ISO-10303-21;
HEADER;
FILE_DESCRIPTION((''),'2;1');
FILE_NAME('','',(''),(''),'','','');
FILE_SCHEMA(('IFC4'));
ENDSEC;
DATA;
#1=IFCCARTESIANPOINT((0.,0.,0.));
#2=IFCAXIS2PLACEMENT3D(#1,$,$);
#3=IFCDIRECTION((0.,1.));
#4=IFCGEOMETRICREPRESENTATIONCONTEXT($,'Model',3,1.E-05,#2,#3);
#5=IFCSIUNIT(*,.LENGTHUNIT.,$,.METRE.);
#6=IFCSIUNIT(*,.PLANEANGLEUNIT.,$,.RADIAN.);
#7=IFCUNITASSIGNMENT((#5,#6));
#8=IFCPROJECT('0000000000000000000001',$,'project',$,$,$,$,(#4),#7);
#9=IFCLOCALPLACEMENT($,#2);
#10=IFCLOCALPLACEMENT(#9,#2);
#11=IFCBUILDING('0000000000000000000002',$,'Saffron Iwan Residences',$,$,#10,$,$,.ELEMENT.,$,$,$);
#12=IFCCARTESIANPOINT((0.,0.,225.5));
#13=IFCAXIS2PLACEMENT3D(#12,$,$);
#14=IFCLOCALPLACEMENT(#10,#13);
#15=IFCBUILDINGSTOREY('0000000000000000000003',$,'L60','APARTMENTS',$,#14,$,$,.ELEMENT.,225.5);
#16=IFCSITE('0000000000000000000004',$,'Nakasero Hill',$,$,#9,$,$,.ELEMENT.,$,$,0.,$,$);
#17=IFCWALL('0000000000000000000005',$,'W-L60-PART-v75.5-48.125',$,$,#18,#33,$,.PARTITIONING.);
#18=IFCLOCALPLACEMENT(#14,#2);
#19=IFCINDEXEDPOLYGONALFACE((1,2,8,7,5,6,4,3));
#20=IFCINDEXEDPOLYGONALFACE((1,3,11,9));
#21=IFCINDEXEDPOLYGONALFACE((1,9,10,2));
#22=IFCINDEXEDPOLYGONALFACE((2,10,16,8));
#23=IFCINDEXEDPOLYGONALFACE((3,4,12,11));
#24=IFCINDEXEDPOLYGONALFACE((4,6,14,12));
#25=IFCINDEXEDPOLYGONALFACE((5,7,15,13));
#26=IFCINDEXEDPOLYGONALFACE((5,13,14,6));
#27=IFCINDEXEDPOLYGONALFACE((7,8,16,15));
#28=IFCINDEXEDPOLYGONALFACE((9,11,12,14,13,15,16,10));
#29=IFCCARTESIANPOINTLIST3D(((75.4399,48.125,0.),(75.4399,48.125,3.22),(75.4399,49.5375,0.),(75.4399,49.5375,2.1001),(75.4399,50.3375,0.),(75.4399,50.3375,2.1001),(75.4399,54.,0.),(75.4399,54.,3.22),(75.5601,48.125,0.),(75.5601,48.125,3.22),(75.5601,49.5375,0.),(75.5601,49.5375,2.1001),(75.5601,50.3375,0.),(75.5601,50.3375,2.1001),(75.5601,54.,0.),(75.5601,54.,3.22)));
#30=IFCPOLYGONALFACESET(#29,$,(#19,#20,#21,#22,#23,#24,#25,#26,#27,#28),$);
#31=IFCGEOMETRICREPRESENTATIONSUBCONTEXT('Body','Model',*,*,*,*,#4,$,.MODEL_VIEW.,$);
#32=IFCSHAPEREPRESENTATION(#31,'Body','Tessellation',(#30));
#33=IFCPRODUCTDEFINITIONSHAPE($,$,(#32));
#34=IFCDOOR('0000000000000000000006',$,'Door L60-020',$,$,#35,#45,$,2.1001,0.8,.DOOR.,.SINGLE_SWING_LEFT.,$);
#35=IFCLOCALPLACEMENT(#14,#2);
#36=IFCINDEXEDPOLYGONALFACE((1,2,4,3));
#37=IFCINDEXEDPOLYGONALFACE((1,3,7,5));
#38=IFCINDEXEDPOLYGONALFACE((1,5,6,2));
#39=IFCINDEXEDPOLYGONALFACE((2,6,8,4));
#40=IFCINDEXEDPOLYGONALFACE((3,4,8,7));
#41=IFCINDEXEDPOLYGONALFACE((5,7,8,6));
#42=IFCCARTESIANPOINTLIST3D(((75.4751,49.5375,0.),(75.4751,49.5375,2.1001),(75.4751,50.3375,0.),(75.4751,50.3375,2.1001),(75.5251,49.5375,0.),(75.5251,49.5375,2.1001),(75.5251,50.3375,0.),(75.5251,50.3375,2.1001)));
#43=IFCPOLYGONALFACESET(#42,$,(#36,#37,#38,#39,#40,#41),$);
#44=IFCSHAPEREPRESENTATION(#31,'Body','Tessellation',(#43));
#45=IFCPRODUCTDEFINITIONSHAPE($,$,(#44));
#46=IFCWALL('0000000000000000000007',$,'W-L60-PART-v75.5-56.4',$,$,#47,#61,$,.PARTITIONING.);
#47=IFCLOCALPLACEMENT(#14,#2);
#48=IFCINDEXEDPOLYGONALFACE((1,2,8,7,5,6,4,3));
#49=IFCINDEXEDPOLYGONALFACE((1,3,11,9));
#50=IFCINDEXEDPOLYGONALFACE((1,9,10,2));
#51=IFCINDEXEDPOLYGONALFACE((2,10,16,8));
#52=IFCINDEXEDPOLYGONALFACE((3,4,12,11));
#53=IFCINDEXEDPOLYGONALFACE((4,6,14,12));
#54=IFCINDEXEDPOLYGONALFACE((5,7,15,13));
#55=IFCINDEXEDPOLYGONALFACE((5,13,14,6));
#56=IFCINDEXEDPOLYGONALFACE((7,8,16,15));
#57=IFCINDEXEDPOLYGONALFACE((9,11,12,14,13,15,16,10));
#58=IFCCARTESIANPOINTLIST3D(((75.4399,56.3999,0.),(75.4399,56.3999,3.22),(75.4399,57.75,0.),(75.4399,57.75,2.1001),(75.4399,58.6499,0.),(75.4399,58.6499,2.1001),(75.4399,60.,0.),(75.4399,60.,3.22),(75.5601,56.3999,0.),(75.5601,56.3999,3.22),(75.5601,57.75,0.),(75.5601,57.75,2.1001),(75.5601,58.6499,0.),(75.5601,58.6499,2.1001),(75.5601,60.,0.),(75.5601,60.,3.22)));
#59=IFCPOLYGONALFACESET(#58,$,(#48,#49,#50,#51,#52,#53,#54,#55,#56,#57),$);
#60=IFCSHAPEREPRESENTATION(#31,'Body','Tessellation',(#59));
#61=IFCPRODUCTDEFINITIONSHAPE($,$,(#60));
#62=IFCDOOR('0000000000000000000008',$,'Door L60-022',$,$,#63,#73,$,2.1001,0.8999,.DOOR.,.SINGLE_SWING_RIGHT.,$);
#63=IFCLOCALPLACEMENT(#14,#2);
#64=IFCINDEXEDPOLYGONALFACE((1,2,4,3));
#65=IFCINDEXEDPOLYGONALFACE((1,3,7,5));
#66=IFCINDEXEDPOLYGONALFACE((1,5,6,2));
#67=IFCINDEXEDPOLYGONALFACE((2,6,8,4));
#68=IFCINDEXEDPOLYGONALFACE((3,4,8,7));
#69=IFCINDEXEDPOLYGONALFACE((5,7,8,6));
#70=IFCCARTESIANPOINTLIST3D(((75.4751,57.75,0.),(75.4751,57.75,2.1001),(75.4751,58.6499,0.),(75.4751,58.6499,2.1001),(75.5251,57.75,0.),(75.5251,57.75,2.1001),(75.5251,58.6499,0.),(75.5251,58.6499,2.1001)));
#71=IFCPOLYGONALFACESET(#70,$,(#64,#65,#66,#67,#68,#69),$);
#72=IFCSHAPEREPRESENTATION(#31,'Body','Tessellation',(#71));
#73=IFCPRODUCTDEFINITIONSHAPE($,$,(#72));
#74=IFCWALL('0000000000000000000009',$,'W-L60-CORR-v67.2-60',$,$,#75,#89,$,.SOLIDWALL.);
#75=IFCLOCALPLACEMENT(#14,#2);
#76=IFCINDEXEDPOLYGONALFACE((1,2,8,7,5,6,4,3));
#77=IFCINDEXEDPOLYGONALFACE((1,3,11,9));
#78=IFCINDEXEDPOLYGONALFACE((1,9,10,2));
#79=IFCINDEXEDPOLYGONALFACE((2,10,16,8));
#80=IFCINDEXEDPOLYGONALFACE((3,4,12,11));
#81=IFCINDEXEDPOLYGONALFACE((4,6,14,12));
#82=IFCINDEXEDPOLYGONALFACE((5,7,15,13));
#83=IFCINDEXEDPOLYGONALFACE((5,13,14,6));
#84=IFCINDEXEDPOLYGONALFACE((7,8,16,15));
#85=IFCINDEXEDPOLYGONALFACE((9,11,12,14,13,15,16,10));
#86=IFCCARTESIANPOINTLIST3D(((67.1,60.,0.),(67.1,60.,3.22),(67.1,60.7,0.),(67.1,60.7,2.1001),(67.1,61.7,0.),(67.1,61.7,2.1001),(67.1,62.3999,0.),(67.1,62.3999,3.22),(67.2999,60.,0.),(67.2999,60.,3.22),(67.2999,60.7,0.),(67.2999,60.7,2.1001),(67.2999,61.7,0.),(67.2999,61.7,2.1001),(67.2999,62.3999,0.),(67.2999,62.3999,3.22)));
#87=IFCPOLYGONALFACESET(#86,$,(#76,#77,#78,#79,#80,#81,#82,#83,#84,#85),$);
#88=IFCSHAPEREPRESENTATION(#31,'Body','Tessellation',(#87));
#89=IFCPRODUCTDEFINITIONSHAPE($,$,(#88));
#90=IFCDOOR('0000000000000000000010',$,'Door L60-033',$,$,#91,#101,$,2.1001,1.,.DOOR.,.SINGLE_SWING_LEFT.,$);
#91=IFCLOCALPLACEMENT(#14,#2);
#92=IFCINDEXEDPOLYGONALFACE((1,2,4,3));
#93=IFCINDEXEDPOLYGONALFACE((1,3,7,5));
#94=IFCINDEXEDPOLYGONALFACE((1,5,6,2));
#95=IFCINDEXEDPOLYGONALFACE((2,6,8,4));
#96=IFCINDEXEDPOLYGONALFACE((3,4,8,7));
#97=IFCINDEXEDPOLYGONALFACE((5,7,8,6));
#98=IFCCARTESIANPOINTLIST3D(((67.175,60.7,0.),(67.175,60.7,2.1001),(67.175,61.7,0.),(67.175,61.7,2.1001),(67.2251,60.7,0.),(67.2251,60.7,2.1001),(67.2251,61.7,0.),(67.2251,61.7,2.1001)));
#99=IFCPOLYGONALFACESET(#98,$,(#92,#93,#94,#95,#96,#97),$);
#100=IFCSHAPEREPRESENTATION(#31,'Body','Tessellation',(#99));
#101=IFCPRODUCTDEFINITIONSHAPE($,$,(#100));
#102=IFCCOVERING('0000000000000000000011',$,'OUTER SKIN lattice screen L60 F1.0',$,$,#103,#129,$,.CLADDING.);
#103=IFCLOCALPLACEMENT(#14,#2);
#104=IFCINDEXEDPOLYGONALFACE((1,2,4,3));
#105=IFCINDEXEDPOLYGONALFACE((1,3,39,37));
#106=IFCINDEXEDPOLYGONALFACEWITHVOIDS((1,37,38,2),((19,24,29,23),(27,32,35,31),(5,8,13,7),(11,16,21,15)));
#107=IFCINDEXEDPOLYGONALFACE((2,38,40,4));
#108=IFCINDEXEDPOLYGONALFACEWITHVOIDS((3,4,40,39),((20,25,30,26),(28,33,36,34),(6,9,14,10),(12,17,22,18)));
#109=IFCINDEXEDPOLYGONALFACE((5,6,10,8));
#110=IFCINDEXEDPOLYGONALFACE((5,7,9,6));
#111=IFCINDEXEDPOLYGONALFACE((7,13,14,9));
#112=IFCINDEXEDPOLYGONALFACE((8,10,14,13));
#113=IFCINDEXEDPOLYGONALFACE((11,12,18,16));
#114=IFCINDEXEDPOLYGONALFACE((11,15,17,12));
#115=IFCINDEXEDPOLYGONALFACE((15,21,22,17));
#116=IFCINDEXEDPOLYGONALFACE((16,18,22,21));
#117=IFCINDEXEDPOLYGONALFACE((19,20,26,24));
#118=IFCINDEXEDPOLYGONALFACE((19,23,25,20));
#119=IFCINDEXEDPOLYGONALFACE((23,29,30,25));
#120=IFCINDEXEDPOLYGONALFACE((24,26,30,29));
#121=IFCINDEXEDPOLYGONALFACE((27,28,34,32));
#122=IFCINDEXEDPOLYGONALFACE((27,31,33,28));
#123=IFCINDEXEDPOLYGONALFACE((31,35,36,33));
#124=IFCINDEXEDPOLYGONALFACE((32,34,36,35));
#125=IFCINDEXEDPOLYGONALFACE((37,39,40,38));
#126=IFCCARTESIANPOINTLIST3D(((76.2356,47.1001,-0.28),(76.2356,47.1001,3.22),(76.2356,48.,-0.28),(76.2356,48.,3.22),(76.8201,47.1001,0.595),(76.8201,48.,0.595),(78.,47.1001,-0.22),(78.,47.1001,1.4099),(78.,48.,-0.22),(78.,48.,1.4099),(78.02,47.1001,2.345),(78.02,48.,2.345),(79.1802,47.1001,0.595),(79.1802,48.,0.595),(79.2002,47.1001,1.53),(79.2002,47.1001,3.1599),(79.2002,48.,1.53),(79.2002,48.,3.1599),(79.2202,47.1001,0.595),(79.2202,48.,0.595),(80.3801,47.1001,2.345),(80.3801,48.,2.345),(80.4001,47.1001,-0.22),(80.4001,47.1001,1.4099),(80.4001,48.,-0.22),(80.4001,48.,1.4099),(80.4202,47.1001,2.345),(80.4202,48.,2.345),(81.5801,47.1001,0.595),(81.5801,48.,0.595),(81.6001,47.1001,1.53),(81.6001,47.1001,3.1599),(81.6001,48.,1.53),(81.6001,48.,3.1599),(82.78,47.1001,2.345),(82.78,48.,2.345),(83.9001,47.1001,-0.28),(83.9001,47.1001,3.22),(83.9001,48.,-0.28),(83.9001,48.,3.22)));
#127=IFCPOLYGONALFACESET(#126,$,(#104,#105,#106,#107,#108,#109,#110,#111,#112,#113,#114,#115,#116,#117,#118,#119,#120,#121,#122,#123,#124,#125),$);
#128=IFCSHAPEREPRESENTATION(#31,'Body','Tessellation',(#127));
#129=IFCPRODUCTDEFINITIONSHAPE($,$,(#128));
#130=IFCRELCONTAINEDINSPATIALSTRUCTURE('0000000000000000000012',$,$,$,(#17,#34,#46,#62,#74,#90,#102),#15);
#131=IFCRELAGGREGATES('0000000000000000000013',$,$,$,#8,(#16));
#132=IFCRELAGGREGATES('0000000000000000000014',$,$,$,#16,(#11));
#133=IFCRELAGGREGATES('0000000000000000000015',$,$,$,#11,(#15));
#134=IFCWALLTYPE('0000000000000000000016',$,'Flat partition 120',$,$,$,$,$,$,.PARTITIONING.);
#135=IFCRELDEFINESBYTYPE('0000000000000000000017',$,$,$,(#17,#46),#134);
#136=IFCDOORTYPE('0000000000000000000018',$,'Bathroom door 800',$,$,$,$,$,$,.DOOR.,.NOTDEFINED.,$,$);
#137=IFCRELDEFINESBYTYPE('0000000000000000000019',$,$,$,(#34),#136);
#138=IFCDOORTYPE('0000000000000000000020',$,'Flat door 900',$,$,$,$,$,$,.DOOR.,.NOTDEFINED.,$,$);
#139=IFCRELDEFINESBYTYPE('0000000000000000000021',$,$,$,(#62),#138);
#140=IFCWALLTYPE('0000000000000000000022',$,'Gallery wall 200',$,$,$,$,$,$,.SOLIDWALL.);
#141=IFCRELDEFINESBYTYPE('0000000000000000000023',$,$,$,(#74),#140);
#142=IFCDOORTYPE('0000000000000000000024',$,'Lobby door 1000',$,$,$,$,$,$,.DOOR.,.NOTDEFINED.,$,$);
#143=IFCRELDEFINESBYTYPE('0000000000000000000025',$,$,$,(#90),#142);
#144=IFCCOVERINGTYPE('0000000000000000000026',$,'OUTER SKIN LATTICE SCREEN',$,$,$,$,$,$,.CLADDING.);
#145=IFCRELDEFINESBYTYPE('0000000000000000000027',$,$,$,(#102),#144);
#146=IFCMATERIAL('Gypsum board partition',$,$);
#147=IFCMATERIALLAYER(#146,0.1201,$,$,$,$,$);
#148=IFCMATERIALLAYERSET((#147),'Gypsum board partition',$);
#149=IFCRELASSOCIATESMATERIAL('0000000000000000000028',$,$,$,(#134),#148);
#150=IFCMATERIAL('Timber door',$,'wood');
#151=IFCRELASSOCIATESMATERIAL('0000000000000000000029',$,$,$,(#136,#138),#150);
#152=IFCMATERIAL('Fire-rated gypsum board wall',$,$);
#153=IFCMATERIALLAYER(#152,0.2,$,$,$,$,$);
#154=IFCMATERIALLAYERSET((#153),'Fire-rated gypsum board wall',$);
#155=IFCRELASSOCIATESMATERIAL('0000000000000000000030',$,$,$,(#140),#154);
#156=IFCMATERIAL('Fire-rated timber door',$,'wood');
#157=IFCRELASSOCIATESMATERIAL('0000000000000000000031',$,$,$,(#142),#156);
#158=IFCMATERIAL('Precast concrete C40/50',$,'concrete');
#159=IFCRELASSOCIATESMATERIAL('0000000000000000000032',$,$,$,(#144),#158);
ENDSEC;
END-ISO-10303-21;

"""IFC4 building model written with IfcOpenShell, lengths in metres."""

from ifc_helpers import new_model, si_unit, direction, frame, frame_2d, origin, place, context, subcontext, project, spatial, polyline, rectangle, outline, extrude, material, layer, layer_set, type_object, element, fill, save


model = new_model("IFC4")

# Units and contexts
model_context = context("Model", 3, precision=1e-05, world=origin(), true_north=direction((0.0, 1.0)))
body_context = subcontext(model_context, "Body", "Model", "MODEL_VIEW")
ifc_project = project(units=[si_unit("LENGTHUNIT", "METRE"), si_unit("PLANEANGLEUNIT", "RADIAN")], contexts=[model_context])

# Site, building, storey
site_placement = place(None, origin())
site = spatial("IfcSite", under=ifc_project, at=site_placement, Name="Nakasero Hill", CompositionType="ELEMENT", RefElevation=0.0)
building_placement = place(site_placement, origin())
building = spatial("IfcBuilding", under=site, at=building_placement, Name="Saffron Iwan Residences", CompositionType="ELEMENT")
storey_placement = place(building_placement, frame((0.0, 0.0, 225.5)))
storey = spatial("IfcBuildingStorey", under=building, at=storey_placement, Name="L60", Description="APARTMENTS", CompositionType="ELEMENT", Elevation=225.5)

# Shared definitions
ifc_material_1 = material(Name="Fire-rated gypsum board wall")
ifc_material_2 = material(Name="Gypsum board partition")
ifc_layer_1 = layer(ifc_material_2, 0.1201)
ifc_layer_set_1 = layer_set([ifc_layer_1], Name="Gypsum board partition")
wall_type_1 = type_object("IfcWallType", Name="Flat partition 120", PredefinedType="PARTITIONING", material=ifc_layer_set_1)

# Shared definitions
ifc_material_3 = material(Name="Timber door", Category="wood")
door_type_1 = type_object("IfcDoorType", Name="Bathroom door 800", OperationType="NOTDEFINED", PredefinedType="DOOR", material=ifc_material_3)
door_type_2 = type_object("IfcDoorType", Name="Flat door 900", OperationType="NOTDEFINED", PredefinedType="DOOR", material=ifc_material_3)

# Walls, openings, doors
wall_1_placement = place(storey_placement, frame((75.5, 48.125, 0.0), z_axis=(0.0, 0.0, 1.0), x_axis=(0.0, 1.0, 0.0)))
wall_1 = element("IfcWall", 1, at=wall_1_placement, inside=storey, type_object=wall_type_1, Name="W-L60-PART-v75.5-48.125", PredefinedType="PARTITIONING", context=body_context, shape_type="SweptSolid", body=[
    extrude(rectangle(XDim=5.875, YDim=0.1201, at=frame_2d((2.9375, 0.0))), origin(), (0.0, 0.0, 1.0), 3.22),
])
opening_1_placement = place(wall_1_placement, frame((1.4126, 0.0, 0.0)))
opening_1 = element("IfcOpeningElement", 2, at=opening_1_placement, cuts=wall_1, PredefinedType="OPENING", context=body_context, shape_type="SweptSolid", body=[
    extrude(rectangle(XDim=0.8, YDim=2.1001, at=frame_2d((0.3999, 1.05))), frame((0.0, 0.0701, 0.0), z_axis=(0.0, -1.0, 0.0), x_axis=(1.0, 0.0, 0.0)), (0.0, 0.0, 1.0), 0.1401),
])
door_1_placement = place(opening_1_placement, origin())
door_1 = element("IfcDoor", 3, at=door_1_placement, inside=storey, type_object=door_type_1, Name="Door L60-020", OperationType="SINGLE_SWING_LEFT", OverallHeight=2.1001, OverallWidth=0.8, PredefinedType="DOOR", context=body_context, shape_type="SweptSolid", body=[
    extrude(rectangle(XDim=0.8, YDim=2.1001, at=frame_2d((0.3999, 1.05))), frame((0.0, 0.0249, 0.0), z_axis=(0.0, -1.0, 0.0), x_axis=(1.0, 0.0, 0.0)), (0.0, 0.0, 1.0), 0.05),
])
fill(opening_1, door_1)
wall_2_placement = place(storey_placement, frame((75.5, 56.3999, 0.0), z_axis=(0.0, 0.0, 1.0), x_axis=(0.0, 1.0, 0.0)))
wall_2 = element("IfcWall", 4, at=wall_2_placement, inside=storey, type_object=wall_type_1, Name="W-L60-PART-v75.5-56.4", PredefinedType="PARTITIONING", context=body_context, shape_type="SweptSolid", body=[
    extrude(rectangle(XDim=3.6001, YDim=0.1201, at=frame_2d((1.8, 0.0))), origin(), (0.0, 0.0, 1.0), 3.22),
])
opening_2_placement = place(wall_2_placement, frame((1.3501, 0.0, 0.0)))
opening_2 = element("IfcOpeningElement", 5, at=opening_2_placement, cuts=wall_2, PredefinedType="OPENING", context=body_context, shape_type="SweptSolid", body=[
    extrude(rectangle(XDim=0.8999, YDim=2.1001, at=frame_2d((0.45, 1.05))), frame((0.0, 0.0701, 0.0), z_axis=(0.0, -1.0, 0.0), x_axis=(1.0, 0.0, 0.0)), (0.0, 0.0, 1.0), 0.1401),
])
door_2_placement = place(opening_2_placement, origin())
door_2 = element("IfcDoor", 6, at=door_2_placement, inside=storey, type_object=door_type_2, Name="Door L60-022", OperationType="SINGLE_SWING_RIGHT", OverallHeight=2.1001, OverallWidth=0.8999, PredefinedType="DOOR", context=body_context, shape_type="SweptSolid", body=[
    extrude(rectangle(XDim=0.8999, YDim=2.1001, at=frame_2d((0.45, 1.05))), frame((0.0, 0.0249, 0.0), z_axis=(0.0, -1.0, 0.0), x_axis=(1.0, 0.0, 0.0)), (0.0, 0.0, 1.0), 0.05),
])
fill(opening_2, door_2)
ifc_layer_2 = layer(ifc_material_1, 0.2)
ifc_layer_set_2 = layer_set([ifc_layer_2], Name="Fire-rated gypsum board wall")
wall_type_2 = type_object("IfcWallType", Name="Gallery wall 200", PredefinedType="SOLIDWALL", material=ifc_layer_set_2)
wall_3_placement = place(storey_placement, frame((67.2, 60.0, 0.0), z_axis=(0.0, 0.0, 1.0), x_axis=(0.0, 1.0, 0.0)))
wall_3 = element("IfcWall", 7, at=wall_3_placement, inside=storey, type_object=wall_type_2, Name="W-L60-CORR-v67.2-60", PredefinedType="SOLIDWALL", context=body_context, shape_type="SweptSolid", body=[
    extrude(rectangle(XDim=2.3999, YDim=0.2, at=frame_2d((1.2, 0.0))), origin(), (0.0, 0.0, 1.0), 3.22),
])
opening_3_placement = place(wall_3_placement, frame((0.7, 0.0, 0.0)))
opening_3 = element("IfcOpeningElement", 8, at=opening_3_placement, cuts=wall_3, PredefinedType="OPENING", context=body_context, shape_type="SweptSolid", body=[
    extrude(rectangle(XDim=1.0, YDim=2.1001, at=frame_2d((0.5, 1.05))), frame((0.0, 0.1099, 0.0), z_axis=(0.0, -1.0, 0.0), x_axis=(1.0, 0.0, 0.0)), (0.0, 0.0, 1.0), 0.22),
])
ifc_material_4 = material(Name="Fire-rated timber door", Category="wood")
door_type_3 = type_object("IfcDoorType", Name="Lobby door 1000", OperationType="NOTDEFINED", PredefinedType="DOOR", material=ifc_material_4)
door_3_placement = place(opening_3_placement, origin())
door_3 = element("IfcDoor", 9, at=door_3_placement, inside=storey, type_object=door_type_3, Name="Door L60-033", OperationType="SINGLE_SWING_LEFT", OverallHeight=2.1001, OverallWidth=1.0, PredefinedType="DOOR", context=body_context, shape_type="SweptSolid", body=[
    extrude(rectangle(XDim=1.0, YDim=2.1001, at=frame_2d((0.5, 1.05))), frame((0.0, 0.0249, 0.0), z_axis=(0.0, -1.0, 0.0), x_axis=(1.0, 0.0, 0.0)), (0.0, 0.0, 1.0), 0.05),
])
fill(opening_3, door_3)

# Covering
ifc_material_5 = material(Name="Precast concrete C40/50", Category="concrete")
covering_type = type_object("IfcCoveringType", Name="OUTER SKIN LATTICE SCREEN", PredefinedType="CLADDING", material=ifc_material_5)
covering_placement = place(storey_placement, frame((76.2356, 48.0, -0.28), z_axis=(0.0, -1.0, 0.0), x_axis=(1.0, 0.0, 0.0)))
element("IfcCovering", 10, at=covering_placement, inside=storey, type_object=covering_type, Name="OUTER SKIN lattice screen L60 F1.0", PredefinedType="CLADDING", context=body_context, shape_type="SweptSolid", body=[
    extrude(outline(polyline([(0.0, 0.0), (7.6646, 0.0), (7.6646, 3.5), (0.0, 3.5), (0.0, 0.0)]), holes=[polyline([(0.5845, 0.875), (1.7644, 0.0601), (2.9446, 0.875), (1.7644, 1.6899), (0.5845, 0.875)]), polyline([(2.9846, 0.875), (4.1646, 0.0601), (5.3445, 0.875), (4.1646, 1.6899), (2.9846, 0.875)]), polyline([(1.7844, 2.625), (2.9646, 1.8101), (4.1445, 2.625), (2.9646, 3.4399), (1.7844, 2.625)]), polyline([(4.1846, 2.625), (5.3645, 1.8101), (6.5444, 2.625), (5.3645, 3.4399), (4.1846, 2.625)])]), origin(), (0.0, 0.0, 1.0), 0.8999),
])

save(model, "model.ifc")
